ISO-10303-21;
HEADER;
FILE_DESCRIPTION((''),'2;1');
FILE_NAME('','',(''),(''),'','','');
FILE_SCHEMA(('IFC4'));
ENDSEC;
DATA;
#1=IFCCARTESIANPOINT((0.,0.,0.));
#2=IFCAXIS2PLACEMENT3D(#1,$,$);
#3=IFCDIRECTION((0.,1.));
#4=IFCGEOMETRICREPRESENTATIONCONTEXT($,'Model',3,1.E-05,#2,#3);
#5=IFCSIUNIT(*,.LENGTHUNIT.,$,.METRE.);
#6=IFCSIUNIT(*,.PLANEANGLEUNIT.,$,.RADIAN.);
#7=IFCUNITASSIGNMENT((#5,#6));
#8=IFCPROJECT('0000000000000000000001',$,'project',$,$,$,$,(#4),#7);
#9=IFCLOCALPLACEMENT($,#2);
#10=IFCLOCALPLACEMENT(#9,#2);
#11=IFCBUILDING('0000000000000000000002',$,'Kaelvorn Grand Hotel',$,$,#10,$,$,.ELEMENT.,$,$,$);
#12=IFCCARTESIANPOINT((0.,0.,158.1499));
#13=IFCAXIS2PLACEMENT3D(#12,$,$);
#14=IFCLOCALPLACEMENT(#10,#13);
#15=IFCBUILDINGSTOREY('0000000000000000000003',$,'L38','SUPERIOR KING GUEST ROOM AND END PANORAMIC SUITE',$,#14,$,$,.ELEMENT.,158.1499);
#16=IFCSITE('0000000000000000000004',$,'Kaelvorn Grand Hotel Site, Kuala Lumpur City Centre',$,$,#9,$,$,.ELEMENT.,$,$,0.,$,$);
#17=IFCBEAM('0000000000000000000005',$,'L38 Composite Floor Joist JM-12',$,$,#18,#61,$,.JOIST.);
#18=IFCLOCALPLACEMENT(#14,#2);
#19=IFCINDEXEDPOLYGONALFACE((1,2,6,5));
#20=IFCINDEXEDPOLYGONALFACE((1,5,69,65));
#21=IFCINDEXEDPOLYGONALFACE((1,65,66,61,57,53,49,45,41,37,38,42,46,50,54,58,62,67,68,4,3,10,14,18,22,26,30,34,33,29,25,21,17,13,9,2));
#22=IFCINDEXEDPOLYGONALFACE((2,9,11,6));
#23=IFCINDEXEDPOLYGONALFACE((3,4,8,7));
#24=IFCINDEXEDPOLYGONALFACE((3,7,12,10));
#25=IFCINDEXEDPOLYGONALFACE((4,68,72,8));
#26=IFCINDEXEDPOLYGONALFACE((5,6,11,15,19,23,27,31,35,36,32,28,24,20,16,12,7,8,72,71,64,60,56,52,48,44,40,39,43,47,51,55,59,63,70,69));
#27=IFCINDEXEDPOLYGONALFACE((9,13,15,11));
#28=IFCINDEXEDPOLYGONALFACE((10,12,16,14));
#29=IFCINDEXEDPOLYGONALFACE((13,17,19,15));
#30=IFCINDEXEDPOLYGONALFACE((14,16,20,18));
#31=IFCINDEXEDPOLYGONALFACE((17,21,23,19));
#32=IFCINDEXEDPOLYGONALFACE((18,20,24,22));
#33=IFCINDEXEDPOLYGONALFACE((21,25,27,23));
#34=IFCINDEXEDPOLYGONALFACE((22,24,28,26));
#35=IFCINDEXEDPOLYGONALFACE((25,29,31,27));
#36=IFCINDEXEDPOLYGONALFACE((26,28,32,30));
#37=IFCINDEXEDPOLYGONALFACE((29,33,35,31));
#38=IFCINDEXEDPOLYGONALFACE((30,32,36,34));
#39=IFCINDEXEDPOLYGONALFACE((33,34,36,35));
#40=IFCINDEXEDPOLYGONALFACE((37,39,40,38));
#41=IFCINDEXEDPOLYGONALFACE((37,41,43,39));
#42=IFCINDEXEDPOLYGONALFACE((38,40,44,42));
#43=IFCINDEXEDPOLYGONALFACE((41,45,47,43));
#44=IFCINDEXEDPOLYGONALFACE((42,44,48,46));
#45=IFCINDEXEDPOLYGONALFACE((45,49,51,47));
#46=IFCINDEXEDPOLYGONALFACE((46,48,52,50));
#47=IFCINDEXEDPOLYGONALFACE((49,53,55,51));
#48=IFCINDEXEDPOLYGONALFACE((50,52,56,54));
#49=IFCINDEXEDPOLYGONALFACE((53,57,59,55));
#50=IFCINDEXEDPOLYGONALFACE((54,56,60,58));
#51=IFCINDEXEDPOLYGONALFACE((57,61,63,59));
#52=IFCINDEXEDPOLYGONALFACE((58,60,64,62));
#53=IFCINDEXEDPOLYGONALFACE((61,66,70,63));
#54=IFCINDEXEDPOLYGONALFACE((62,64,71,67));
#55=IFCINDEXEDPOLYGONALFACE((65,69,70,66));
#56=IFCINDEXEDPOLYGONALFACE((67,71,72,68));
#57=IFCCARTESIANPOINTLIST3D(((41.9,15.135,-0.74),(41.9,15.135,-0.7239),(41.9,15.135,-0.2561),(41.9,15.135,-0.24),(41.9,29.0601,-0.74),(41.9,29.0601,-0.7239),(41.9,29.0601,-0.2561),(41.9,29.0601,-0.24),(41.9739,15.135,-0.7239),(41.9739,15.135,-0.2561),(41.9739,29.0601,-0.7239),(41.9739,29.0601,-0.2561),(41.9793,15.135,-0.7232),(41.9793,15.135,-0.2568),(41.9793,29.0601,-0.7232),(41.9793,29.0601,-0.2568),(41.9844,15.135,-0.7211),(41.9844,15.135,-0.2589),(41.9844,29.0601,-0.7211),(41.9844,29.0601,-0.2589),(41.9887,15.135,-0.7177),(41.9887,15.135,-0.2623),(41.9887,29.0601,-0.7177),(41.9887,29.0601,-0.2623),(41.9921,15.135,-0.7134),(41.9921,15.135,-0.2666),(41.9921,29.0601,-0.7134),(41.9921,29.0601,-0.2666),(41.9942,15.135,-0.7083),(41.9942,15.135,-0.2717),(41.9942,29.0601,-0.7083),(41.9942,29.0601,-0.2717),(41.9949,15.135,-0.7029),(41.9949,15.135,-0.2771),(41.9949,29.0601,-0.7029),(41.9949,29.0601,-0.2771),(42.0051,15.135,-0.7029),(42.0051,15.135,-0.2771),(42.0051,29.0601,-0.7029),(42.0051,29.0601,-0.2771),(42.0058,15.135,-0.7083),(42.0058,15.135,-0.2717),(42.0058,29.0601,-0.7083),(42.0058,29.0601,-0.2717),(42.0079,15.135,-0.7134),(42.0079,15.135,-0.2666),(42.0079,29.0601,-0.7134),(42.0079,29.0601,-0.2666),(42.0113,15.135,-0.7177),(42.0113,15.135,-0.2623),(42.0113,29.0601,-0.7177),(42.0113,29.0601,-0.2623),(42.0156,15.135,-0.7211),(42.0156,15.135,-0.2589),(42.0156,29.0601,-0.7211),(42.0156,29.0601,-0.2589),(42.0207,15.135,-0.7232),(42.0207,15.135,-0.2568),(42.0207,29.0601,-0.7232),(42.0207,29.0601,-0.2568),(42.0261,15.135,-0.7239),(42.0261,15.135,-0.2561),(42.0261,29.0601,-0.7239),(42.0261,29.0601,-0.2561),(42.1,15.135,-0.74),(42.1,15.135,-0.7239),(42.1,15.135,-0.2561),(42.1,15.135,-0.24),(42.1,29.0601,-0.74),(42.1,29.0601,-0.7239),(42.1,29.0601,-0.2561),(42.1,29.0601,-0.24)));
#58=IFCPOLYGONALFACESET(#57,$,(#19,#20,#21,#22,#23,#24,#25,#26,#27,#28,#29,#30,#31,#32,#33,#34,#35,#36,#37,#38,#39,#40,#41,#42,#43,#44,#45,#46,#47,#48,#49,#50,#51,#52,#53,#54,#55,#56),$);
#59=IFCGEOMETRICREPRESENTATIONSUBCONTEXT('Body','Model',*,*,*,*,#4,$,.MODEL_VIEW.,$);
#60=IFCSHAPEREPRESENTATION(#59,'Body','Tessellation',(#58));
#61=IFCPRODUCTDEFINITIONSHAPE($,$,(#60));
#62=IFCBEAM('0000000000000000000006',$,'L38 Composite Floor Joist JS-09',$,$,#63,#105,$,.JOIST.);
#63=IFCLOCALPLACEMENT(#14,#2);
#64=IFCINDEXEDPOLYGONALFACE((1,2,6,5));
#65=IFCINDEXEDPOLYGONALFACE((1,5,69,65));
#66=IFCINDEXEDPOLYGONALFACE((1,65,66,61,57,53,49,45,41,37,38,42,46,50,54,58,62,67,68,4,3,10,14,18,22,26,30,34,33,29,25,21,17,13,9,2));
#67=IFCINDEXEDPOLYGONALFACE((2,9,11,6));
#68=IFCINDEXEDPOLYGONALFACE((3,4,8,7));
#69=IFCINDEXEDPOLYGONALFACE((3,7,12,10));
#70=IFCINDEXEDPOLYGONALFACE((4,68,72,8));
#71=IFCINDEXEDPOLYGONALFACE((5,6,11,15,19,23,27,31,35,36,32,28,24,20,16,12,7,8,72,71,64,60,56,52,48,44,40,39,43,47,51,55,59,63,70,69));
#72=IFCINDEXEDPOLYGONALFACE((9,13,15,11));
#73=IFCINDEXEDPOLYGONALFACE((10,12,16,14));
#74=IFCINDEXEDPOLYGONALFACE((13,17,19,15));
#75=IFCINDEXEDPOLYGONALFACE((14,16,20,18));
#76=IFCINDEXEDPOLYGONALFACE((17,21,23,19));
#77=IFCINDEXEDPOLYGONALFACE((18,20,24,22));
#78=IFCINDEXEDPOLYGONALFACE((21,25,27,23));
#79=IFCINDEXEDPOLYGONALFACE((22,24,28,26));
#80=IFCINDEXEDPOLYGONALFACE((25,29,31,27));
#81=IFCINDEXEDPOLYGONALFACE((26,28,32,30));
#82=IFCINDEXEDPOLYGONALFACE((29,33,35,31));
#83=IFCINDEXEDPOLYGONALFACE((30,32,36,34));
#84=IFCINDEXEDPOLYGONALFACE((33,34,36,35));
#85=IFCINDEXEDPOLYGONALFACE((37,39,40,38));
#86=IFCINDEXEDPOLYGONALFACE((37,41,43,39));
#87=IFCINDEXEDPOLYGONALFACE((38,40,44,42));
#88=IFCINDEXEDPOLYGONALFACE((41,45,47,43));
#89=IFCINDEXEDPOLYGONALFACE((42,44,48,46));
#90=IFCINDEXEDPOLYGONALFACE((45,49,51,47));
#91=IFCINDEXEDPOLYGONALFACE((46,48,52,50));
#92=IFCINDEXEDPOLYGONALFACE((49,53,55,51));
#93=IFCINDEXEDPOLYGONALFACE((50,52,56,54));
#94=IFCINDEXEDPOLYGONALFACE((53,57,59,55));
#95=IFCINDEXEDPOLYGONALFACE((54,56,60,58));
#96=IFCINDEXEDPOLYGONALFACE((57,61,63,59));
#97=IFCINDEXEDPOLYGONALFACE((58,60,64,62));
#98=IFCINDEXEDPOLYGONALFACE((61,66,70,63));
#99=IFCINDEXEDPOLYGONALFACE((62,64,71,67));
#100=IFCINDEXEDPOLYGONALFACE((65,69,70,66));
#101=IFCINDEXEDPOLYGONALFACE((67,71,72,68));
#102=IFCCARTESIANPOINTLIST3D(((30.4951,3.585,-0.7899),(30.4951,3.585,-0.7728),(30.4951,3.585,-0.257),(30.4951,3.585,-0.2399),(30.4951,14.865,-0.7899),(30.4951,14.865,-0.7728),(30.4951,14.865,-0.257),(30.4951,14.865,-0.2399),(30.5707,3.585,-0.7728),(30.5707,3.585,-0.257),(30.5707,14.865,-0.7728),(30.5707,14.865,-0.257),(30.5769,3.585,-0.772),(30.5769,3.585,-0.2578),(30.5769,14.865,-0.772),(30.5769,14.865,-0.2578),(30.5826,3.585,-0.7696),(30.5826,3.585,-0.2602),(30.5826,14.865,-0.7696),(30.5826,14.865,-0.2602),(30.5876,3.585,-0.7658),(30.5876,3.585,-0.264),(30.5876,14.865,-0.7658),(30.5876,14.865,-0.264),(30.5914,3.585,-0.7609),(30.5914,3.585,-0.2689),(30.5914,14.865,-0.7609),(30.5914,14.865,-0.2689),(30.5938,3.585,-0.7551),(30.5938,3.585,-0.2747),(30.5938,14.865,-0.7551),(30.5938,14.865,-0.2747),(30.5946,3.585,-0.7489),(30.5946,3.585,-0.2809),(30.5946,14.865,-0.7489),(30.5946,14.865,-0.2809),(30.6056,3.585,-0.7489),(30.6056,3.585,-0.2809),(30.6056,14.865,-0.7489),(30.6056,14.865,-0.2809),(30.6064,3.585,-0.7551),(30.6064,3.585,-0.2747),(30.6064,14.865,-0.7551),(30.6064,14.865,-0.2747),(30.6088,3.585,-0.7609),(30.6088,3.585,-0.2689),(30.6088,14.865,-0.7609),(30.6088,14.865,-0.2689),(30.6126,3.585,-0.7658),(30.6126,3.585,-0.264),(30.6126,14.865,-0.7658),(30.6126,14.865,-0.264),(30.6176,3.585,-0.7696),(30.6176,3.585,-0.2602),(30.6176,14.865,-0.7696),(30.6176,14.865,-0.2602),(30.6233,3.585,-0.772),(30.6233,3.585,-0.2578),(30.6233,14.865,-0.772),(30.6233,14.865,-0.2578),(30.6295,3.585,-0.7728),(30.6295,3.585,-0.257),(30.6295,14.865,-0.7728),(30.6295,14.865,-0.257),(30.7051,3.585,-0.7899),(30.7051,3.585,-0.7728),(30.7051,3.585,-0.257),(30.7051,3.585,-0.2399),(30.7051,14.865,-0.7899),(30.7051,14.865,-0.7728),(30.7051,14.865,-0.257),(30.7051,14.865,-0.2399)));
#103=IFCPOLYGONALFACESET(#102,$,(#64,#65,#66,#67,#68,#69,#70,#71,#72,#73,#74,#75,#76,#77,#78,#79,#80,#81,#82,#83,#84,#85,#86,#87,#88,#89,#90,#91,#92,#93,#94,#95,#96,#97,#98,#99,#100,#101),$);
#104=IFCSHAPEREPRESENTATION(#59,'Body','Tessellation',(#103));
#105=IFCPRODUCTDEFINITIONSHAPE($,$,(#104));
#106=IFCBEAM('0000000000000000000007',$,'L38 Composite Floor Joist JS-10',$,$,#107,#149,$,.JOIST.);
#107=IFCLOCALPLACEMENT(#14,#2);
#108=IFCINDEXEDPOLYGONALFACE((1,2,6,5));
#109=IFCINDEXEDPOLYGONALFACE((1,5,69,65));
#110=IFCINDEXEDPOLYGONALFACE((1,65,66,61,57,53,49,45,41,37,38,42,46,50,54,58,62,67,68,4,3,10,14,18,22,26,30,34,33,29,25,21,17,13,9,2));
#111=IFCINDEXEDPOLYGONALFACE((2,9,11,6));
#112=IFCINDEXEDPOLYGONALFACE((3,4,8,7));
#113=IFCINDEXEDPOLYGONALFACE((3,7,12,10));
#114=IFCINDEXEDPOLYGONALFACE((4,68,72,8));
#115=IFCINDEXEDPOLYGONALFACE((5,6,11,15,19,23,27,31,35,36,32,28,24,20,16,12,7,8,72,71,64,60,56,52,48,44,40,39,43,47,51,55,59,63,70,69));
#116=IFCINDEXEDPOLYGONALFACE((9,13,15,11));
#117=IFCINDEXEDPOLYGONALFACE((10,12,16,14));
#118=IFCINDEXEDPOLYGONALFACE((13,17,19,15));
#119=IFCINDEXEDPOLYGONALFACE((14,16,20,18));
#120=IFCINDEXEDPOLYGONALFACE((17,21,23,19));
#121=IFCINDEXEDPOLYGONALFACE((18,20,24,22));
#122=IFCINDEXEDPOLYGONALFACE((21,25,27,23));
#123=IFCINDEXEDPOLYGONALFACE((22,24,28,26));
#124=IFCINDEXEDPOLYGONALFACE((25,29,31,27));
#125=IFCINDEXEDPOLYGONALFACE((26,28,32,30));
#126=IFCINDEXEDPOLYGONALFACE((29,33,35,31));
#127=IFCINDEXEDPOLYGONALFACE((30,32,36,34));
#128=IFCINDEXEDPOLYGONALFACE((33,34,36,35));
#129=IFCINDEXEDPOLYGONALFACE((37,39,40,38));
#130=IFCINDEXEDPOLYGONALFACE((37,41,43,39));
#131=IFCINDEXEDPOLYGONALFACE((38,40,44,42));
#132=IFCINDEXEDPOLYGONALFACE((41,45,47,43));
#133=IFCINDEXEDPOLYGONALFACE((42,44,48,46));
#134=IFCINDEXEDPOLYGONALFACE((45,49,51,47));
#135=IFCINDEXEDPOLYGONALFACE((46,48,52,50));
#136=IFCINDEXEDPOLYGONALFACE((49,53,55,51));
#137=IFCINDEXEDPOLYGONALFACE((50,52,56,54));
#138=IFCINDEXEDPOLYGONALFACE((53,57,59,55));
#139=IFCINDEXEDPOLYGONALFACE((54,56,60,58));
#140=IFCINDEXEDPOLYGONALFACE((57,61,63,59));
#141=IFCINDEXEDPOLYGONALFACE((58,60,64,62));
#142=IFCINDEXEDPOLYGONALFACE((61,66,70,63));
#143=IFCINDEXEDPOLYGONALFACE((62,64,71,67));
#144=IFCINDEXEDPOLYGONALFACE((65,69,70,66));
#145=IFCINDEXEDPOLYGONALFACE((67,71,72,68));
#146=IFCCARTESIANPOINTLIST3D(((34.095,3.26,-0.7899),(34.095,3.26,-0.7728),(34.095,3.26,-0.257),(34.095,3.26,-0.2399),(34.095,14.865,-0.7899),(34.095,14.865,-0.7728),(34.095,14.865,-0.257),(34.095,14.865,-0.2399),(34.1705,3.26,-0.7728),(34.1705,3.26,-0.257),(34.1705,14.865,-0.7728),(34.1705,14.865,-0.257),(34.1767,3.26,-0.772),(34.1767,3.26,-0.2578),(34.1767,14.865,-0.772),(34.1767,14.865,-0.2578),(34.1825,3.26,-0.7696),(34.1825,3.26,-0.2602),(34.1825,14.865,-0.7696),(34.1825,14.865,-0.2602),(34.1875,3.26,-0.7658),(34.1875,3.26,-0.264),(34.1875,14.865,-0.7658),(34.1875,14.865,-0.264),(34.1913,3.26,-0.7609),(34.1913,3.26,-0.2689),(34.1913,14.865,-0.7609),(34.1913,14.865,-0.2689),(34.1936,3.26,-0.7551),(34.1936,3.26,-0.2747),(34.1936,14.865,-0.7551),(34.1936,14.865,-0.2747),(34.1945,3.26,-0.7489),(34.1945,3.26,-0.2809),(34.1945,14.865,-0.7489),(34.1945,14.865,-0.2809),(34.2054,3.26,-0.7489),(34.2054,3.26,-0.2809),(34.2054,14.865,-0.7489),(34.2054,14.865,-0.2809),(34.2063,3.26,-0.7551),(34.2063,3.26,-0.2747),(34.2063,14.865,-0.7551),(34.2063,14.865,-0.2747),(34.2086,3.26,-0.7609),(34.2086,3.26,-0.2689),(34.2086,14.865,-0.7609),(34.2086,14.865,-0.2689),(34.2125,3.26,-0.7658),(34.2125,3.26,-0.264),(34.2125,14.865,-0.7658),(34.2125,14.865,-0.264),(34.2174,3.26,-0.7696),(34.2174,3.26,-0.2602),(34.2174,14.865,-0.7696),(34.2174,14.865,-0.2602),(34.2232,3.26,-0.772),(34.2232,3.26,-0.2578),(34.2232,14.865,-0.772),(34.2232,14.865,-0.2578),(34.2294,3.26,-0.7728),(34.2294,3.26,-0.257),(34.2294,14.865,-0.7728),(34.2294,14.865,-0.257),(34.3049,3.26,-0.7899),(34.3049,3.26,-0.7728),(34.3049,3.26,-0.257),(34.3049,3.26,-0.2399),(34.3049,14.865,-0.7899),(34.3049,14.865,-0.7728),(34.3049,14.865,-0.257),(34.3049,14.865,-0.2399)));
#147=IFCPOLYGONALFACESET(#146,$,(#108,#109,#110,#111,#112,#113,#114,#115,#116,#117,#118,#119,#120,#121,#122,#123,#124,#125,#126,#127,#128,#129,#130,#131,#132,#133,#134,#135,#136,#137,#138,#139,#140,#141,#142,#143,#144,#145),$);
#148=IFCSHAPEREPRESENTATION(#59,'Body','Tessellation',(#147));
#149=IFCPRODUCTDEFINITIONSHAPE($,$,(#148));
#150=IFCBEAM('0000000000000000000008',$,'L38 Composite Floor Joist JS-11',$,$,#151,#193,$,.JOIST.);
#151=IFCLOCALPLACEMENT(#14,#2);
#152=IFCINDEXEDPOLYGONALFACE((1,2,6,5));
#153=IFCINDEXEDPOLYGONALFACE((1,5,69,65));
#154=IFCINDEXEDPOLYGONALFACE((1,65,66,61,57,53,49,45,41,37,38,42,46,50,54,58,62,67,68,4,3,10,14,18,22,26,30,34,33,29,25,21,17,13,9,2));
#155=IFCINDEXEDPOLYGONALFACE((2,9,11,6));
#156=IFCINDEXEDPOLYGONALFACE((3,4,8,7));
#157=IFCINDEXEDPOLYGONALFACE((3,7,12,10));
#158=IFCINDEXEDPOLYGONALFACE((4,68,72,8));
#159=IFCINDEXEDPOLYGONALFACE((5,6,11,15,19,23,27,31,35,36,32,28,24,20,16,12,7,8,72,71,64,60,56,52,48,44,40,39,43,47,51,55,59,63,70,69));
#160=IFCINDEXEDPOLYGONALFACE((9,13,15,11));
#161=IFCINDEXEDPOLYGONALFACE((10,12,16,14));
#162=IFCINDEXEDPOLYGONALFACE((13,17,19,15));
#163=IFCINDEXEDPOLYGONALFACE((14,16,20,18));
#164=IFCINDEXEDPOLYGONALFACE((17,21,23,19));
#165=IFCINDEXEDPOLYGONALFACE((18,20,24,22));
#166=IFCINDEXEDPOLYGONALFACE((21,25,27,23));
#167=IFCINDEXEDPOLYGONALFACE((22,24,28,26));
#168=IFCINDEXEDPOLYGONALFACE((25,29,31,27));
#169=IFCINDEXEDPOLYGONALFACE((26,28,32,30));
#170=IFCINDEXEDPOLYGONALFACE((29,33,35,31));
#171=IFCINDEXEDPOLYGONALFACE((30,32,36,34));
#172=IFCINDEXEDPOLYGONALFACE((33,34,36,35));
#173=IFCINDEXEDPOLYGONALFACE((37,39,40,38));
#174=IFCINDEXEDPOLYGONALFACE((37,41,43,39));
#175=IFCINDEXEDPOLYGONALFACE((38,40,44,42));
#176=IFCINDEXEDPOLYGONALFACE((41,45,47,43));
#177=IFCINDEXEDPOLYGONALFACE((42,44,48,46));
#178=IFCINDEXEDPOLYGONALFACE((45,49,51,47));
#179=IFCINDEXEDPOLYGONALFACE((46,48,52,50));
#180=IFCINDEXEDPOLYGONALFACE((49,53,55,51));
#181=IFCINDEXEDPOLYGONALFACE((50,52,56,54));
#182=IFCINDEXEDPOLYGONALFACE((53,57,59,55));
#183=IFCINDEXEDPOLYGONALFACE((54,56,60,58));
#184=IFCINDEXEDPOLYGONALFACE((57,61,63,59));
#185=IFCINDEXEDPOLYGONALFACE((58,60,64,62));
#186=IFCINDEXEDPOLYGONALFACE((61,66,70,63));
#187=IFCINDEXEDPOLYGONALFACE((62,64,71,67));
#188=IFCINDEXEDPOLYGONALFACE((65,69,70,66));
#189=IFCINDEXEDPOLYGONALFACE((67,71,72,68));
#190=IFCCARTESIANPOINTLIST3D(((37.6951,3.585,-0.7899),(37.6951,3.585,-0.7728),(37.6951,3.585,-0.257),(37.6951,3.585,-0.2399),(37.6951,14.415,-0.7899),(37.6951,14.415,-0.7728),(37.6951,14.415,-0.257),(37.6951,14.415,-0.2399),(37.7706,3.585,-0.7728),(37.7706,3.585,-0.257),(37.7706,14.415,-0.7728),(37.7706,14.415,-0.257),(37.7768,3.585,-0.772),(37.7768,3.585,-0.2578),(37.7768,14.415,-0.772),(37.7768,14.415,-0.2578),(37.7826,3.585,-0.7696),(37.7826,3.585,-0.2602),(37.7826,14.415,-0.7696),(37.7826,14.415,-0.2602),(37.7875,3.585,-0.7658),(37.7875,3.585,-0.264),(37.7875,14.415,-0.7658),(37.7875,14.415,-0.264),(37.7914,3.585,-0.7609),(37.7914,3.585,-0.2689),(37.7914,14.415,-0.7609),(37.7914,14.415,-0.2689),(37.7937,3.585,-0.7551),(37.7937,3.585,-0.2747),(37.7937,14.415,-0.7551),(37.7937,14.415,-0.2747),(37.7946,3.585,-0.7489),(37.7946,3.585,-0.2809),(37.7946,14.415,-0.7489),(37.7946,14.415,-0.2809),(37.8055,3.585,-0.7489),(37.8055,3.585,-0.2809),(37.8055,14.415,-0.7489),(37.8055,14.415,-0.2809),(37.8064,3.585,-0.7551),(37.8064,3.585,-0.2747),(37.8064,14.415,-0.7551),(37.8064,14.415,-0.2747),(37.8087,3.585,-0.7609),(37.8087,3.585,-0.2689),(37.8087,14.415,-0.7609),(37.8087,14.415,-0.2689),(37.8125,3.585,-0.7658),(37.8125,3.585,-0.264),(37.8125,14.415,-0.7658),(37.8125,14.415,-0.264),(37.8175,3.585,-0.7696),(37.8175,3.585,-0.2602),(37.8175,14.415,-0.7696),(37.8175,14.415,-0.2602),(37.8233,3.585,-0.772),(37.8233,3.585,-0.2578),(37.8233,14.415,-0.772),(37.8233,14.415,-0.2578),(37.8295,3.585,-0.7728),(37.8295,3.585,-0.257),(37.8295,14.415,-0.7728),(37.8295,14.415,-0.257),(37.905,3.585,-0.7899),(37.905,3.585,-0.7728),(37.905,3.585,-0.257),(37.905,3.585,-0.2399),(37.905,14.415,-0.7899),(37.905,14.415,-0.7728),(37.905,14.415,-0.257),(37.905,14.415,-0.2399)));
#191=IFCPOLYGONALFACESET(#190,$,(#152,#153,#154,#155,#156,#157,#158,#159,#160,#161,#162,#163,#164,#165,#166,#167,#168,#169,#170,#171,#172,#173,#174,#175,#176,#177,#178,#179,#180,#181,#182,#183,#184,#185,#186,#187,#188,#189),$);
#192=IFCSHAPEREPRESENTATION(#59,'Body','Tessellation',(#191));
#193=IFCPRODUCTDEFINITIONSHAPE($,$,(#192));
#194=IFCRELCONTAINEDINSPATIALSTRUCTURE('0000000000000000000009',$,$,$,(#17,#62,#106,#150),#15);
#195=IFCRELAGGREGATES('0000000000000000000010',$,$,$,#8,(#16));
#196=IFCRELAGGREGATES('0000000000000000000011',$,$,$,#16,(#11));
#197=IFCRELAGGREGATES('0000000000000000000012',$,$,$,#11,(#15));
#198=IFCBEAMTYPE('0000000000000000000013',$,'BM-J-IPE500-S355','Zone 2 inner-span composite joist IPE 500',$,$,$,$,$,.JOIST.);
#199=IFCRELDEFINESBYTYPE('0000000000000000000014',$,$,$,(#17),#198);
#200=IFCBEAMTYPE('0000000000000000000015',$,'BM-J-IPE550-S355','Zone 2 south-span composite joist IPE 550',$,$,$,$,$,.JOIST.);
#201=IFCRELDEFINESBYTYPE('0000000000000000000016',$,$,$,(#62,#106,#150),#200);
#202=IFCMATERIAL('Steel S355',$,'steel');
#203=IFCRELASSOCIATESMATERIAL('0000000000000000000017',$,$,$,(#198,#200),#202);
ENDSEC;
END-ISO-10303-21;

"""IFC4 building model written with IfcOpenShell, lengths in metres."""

from ifc_helpers import new_model, si_unit, direction, frame, origin, origin_2d, place, context, subcontext, project, spatial, i_section, extrude, material, material_profile, profile_set, type_object, element, save


model = new_model("IFC4")

# Units and contexts
model_context = context("Model", 3, precision=1e-05, world=origin(), true_north=direction((0.0, 1.0)))
body_context = subcontext(model_context, "Body", "Model", "MODEL_VIEW")
ifc_project = project(units=[si_unit("LENGTHUNIT", "METRE"), si_unit("PLANEANGLEUNIT", "RADIAN")], contexts=[model_context])

# Site, building, storey
site_placement = place(None, origin())
site = spatial("IfcSite", under=ifc_project, at=site_placement, Name="Kaelvorn Grand Hotel Site, Kuala Lumpur City Centre", CompositionType="ELEMENT", RefElevation=0.0)
building_placement = place(site_placement, origin())
building = spatial("IfcBuilding", under=site, at=building_placement, Name="Kaelvorn Grand Hotel", CompositionType="ELEMENT")
storey_placement = place(building_placement, frame((0.0, 0.0, 158.1499)))
storey = spatial("IfcBuildingStorey", under=building, at=storey_placement, Name="L38", Description="SUPERIOR KING GUEST ROOM AND END PANORAMIC SUITE", CompositionType="ELEMENT", Elevation=158.1499)

# Beams
ifc_material_1 = material(Name="Steel S355", Category="steel")
ifc_material_profile_1 = material_profile(ifc_material_1, i_section(OverallWidth=0.2, OverallDepth=0.5, WebThickness=0.0103, FlangeThickness=0.0161, FilletRadius=0.021, at=origin_2d()), Name="IPE 500")
ifc_profile_set_1 = profile_set([ifc_material_profile_1], Name="Steel S355")
beam_type_1 = type_object("IfcBeamType", Name="BM-J-IPE500-S355", Description="Zone 2 inner-span composite joist IPE 500", PredefinedType="JOIST", material=ifc_profile_set_1)
for number, where, z_axis, x_axis, name in (
    (1, (42.0, 15.135, -0.49), (0.0, 1.0, 0.0), (-1.0, 0.0, 0.0), "L38 Composite Floor Joist JM-12"),
):
    element("IfcBeam", number, at=place(storey_placement, frame(where, z_axis=z_axis, x_axis=x_axis)), inside=storey, type_object=beam_type_1, Name=name, PredefinedType="JOIST", context=body_context, shape_type="SweptSolid", body=[
        extrude(i_section(OverallWidth=0.2, OverallDepth=0.5, WebThickness=0.0103, FlangeThickness=0.0161, FilletRadius=0.021, at=origin_2d()), origin(), (0.0, 0.0, 1.0), 13.925),
    ])
ifc_material_profile_2 = material_profile(ifc_material_1, i_section(OverallWidth=0.21, OverallDepth=0.55, WebThickness=0.011, FlangeThickness=0.0171, FilletRadius=0.0239, at=origin_2d()), Name="IPE 550")
ifc_profile_set_2 = profile_set([ifc_material_profile_2], Name="Steel S355")
beam_type_2 = type_object("IfcBeamType", Name="BM-J-IPE550-S355", Description="Zone 2 south-span composite joist IPE 550", PredefinedType="JOIST", material=ifc_profile_set_2)
beam_1_placement = place(storey_placement, frame((30.6001, 3.585, -0.5149), z_axis=(0.0, 1.0, 0.0), x_axis=(-1.0, 0.0, 0.0)))
element("IfcBeam", 2, at=beam_1_placement, inside=storey, type_object=beam_type_2, Name="L38 Composite Floor Joist JS-09", PredefinedType="JOIST", context=body_context, shape_type="SweptSolid", body=[
    extrude(i_section(OverallWidth=0.21, OverallDepth=0.55, WebThickness=0.011, FlangeThickness=0.0171, FilletRadius=0.0239, at=origin_2d()), origin(), (0.0, 0.0, 1.0), 11.28),
])
beam_2_placement = place(storey_placement, frame((34.2, 3.26, -0.5149), z_axis=(0.0, 1.0, 0.0), x_axis=(-1.0, 0.0, 0.0)))
element("IfcBeam", 3, at=beam_2_placement, inside=storey, type_object=beam_type_2, Name="L38 Composite Floor Joist JS-10", PredefinedType="JOIST", context=body_context, shape_type="SweptSolid", body=[
    extrude(i_section(OverallWidth=0.21, OverallDepth=0.55, WebThickness=0.011, FlangeThickness=0.0171, FilletRadius=0.0239, at=origin_2d()), origin(), (0.0, 0.0, 1.0), 11.605),
])
beam_3_placement = place(storey_placement, frame((37.8, 3.585, -0.5149), z_axis=(0.0, 1.0, 0.0), x_axis=(-1.0, 0.0, 0.0)))
element("IfcBeam", 4, at=beam_3_placement, inside=storey, type_object=beam_type_2, Name="L38 Composite Floor Joist JS-11", PredefinedType="JOIST", context=body_context, shape_type="SweptSolid", body=[
    extrude(i_section(OverallWidth=0.21, OverallDepth=0.55, WebThickness=0.011, FlangeThickness=0.0171, FilletRadius=0.0239, at=origin_2d()), origin(), (0.0, 0.0, 1.0), 10.8301),
])

save(model, "model.ifc")
